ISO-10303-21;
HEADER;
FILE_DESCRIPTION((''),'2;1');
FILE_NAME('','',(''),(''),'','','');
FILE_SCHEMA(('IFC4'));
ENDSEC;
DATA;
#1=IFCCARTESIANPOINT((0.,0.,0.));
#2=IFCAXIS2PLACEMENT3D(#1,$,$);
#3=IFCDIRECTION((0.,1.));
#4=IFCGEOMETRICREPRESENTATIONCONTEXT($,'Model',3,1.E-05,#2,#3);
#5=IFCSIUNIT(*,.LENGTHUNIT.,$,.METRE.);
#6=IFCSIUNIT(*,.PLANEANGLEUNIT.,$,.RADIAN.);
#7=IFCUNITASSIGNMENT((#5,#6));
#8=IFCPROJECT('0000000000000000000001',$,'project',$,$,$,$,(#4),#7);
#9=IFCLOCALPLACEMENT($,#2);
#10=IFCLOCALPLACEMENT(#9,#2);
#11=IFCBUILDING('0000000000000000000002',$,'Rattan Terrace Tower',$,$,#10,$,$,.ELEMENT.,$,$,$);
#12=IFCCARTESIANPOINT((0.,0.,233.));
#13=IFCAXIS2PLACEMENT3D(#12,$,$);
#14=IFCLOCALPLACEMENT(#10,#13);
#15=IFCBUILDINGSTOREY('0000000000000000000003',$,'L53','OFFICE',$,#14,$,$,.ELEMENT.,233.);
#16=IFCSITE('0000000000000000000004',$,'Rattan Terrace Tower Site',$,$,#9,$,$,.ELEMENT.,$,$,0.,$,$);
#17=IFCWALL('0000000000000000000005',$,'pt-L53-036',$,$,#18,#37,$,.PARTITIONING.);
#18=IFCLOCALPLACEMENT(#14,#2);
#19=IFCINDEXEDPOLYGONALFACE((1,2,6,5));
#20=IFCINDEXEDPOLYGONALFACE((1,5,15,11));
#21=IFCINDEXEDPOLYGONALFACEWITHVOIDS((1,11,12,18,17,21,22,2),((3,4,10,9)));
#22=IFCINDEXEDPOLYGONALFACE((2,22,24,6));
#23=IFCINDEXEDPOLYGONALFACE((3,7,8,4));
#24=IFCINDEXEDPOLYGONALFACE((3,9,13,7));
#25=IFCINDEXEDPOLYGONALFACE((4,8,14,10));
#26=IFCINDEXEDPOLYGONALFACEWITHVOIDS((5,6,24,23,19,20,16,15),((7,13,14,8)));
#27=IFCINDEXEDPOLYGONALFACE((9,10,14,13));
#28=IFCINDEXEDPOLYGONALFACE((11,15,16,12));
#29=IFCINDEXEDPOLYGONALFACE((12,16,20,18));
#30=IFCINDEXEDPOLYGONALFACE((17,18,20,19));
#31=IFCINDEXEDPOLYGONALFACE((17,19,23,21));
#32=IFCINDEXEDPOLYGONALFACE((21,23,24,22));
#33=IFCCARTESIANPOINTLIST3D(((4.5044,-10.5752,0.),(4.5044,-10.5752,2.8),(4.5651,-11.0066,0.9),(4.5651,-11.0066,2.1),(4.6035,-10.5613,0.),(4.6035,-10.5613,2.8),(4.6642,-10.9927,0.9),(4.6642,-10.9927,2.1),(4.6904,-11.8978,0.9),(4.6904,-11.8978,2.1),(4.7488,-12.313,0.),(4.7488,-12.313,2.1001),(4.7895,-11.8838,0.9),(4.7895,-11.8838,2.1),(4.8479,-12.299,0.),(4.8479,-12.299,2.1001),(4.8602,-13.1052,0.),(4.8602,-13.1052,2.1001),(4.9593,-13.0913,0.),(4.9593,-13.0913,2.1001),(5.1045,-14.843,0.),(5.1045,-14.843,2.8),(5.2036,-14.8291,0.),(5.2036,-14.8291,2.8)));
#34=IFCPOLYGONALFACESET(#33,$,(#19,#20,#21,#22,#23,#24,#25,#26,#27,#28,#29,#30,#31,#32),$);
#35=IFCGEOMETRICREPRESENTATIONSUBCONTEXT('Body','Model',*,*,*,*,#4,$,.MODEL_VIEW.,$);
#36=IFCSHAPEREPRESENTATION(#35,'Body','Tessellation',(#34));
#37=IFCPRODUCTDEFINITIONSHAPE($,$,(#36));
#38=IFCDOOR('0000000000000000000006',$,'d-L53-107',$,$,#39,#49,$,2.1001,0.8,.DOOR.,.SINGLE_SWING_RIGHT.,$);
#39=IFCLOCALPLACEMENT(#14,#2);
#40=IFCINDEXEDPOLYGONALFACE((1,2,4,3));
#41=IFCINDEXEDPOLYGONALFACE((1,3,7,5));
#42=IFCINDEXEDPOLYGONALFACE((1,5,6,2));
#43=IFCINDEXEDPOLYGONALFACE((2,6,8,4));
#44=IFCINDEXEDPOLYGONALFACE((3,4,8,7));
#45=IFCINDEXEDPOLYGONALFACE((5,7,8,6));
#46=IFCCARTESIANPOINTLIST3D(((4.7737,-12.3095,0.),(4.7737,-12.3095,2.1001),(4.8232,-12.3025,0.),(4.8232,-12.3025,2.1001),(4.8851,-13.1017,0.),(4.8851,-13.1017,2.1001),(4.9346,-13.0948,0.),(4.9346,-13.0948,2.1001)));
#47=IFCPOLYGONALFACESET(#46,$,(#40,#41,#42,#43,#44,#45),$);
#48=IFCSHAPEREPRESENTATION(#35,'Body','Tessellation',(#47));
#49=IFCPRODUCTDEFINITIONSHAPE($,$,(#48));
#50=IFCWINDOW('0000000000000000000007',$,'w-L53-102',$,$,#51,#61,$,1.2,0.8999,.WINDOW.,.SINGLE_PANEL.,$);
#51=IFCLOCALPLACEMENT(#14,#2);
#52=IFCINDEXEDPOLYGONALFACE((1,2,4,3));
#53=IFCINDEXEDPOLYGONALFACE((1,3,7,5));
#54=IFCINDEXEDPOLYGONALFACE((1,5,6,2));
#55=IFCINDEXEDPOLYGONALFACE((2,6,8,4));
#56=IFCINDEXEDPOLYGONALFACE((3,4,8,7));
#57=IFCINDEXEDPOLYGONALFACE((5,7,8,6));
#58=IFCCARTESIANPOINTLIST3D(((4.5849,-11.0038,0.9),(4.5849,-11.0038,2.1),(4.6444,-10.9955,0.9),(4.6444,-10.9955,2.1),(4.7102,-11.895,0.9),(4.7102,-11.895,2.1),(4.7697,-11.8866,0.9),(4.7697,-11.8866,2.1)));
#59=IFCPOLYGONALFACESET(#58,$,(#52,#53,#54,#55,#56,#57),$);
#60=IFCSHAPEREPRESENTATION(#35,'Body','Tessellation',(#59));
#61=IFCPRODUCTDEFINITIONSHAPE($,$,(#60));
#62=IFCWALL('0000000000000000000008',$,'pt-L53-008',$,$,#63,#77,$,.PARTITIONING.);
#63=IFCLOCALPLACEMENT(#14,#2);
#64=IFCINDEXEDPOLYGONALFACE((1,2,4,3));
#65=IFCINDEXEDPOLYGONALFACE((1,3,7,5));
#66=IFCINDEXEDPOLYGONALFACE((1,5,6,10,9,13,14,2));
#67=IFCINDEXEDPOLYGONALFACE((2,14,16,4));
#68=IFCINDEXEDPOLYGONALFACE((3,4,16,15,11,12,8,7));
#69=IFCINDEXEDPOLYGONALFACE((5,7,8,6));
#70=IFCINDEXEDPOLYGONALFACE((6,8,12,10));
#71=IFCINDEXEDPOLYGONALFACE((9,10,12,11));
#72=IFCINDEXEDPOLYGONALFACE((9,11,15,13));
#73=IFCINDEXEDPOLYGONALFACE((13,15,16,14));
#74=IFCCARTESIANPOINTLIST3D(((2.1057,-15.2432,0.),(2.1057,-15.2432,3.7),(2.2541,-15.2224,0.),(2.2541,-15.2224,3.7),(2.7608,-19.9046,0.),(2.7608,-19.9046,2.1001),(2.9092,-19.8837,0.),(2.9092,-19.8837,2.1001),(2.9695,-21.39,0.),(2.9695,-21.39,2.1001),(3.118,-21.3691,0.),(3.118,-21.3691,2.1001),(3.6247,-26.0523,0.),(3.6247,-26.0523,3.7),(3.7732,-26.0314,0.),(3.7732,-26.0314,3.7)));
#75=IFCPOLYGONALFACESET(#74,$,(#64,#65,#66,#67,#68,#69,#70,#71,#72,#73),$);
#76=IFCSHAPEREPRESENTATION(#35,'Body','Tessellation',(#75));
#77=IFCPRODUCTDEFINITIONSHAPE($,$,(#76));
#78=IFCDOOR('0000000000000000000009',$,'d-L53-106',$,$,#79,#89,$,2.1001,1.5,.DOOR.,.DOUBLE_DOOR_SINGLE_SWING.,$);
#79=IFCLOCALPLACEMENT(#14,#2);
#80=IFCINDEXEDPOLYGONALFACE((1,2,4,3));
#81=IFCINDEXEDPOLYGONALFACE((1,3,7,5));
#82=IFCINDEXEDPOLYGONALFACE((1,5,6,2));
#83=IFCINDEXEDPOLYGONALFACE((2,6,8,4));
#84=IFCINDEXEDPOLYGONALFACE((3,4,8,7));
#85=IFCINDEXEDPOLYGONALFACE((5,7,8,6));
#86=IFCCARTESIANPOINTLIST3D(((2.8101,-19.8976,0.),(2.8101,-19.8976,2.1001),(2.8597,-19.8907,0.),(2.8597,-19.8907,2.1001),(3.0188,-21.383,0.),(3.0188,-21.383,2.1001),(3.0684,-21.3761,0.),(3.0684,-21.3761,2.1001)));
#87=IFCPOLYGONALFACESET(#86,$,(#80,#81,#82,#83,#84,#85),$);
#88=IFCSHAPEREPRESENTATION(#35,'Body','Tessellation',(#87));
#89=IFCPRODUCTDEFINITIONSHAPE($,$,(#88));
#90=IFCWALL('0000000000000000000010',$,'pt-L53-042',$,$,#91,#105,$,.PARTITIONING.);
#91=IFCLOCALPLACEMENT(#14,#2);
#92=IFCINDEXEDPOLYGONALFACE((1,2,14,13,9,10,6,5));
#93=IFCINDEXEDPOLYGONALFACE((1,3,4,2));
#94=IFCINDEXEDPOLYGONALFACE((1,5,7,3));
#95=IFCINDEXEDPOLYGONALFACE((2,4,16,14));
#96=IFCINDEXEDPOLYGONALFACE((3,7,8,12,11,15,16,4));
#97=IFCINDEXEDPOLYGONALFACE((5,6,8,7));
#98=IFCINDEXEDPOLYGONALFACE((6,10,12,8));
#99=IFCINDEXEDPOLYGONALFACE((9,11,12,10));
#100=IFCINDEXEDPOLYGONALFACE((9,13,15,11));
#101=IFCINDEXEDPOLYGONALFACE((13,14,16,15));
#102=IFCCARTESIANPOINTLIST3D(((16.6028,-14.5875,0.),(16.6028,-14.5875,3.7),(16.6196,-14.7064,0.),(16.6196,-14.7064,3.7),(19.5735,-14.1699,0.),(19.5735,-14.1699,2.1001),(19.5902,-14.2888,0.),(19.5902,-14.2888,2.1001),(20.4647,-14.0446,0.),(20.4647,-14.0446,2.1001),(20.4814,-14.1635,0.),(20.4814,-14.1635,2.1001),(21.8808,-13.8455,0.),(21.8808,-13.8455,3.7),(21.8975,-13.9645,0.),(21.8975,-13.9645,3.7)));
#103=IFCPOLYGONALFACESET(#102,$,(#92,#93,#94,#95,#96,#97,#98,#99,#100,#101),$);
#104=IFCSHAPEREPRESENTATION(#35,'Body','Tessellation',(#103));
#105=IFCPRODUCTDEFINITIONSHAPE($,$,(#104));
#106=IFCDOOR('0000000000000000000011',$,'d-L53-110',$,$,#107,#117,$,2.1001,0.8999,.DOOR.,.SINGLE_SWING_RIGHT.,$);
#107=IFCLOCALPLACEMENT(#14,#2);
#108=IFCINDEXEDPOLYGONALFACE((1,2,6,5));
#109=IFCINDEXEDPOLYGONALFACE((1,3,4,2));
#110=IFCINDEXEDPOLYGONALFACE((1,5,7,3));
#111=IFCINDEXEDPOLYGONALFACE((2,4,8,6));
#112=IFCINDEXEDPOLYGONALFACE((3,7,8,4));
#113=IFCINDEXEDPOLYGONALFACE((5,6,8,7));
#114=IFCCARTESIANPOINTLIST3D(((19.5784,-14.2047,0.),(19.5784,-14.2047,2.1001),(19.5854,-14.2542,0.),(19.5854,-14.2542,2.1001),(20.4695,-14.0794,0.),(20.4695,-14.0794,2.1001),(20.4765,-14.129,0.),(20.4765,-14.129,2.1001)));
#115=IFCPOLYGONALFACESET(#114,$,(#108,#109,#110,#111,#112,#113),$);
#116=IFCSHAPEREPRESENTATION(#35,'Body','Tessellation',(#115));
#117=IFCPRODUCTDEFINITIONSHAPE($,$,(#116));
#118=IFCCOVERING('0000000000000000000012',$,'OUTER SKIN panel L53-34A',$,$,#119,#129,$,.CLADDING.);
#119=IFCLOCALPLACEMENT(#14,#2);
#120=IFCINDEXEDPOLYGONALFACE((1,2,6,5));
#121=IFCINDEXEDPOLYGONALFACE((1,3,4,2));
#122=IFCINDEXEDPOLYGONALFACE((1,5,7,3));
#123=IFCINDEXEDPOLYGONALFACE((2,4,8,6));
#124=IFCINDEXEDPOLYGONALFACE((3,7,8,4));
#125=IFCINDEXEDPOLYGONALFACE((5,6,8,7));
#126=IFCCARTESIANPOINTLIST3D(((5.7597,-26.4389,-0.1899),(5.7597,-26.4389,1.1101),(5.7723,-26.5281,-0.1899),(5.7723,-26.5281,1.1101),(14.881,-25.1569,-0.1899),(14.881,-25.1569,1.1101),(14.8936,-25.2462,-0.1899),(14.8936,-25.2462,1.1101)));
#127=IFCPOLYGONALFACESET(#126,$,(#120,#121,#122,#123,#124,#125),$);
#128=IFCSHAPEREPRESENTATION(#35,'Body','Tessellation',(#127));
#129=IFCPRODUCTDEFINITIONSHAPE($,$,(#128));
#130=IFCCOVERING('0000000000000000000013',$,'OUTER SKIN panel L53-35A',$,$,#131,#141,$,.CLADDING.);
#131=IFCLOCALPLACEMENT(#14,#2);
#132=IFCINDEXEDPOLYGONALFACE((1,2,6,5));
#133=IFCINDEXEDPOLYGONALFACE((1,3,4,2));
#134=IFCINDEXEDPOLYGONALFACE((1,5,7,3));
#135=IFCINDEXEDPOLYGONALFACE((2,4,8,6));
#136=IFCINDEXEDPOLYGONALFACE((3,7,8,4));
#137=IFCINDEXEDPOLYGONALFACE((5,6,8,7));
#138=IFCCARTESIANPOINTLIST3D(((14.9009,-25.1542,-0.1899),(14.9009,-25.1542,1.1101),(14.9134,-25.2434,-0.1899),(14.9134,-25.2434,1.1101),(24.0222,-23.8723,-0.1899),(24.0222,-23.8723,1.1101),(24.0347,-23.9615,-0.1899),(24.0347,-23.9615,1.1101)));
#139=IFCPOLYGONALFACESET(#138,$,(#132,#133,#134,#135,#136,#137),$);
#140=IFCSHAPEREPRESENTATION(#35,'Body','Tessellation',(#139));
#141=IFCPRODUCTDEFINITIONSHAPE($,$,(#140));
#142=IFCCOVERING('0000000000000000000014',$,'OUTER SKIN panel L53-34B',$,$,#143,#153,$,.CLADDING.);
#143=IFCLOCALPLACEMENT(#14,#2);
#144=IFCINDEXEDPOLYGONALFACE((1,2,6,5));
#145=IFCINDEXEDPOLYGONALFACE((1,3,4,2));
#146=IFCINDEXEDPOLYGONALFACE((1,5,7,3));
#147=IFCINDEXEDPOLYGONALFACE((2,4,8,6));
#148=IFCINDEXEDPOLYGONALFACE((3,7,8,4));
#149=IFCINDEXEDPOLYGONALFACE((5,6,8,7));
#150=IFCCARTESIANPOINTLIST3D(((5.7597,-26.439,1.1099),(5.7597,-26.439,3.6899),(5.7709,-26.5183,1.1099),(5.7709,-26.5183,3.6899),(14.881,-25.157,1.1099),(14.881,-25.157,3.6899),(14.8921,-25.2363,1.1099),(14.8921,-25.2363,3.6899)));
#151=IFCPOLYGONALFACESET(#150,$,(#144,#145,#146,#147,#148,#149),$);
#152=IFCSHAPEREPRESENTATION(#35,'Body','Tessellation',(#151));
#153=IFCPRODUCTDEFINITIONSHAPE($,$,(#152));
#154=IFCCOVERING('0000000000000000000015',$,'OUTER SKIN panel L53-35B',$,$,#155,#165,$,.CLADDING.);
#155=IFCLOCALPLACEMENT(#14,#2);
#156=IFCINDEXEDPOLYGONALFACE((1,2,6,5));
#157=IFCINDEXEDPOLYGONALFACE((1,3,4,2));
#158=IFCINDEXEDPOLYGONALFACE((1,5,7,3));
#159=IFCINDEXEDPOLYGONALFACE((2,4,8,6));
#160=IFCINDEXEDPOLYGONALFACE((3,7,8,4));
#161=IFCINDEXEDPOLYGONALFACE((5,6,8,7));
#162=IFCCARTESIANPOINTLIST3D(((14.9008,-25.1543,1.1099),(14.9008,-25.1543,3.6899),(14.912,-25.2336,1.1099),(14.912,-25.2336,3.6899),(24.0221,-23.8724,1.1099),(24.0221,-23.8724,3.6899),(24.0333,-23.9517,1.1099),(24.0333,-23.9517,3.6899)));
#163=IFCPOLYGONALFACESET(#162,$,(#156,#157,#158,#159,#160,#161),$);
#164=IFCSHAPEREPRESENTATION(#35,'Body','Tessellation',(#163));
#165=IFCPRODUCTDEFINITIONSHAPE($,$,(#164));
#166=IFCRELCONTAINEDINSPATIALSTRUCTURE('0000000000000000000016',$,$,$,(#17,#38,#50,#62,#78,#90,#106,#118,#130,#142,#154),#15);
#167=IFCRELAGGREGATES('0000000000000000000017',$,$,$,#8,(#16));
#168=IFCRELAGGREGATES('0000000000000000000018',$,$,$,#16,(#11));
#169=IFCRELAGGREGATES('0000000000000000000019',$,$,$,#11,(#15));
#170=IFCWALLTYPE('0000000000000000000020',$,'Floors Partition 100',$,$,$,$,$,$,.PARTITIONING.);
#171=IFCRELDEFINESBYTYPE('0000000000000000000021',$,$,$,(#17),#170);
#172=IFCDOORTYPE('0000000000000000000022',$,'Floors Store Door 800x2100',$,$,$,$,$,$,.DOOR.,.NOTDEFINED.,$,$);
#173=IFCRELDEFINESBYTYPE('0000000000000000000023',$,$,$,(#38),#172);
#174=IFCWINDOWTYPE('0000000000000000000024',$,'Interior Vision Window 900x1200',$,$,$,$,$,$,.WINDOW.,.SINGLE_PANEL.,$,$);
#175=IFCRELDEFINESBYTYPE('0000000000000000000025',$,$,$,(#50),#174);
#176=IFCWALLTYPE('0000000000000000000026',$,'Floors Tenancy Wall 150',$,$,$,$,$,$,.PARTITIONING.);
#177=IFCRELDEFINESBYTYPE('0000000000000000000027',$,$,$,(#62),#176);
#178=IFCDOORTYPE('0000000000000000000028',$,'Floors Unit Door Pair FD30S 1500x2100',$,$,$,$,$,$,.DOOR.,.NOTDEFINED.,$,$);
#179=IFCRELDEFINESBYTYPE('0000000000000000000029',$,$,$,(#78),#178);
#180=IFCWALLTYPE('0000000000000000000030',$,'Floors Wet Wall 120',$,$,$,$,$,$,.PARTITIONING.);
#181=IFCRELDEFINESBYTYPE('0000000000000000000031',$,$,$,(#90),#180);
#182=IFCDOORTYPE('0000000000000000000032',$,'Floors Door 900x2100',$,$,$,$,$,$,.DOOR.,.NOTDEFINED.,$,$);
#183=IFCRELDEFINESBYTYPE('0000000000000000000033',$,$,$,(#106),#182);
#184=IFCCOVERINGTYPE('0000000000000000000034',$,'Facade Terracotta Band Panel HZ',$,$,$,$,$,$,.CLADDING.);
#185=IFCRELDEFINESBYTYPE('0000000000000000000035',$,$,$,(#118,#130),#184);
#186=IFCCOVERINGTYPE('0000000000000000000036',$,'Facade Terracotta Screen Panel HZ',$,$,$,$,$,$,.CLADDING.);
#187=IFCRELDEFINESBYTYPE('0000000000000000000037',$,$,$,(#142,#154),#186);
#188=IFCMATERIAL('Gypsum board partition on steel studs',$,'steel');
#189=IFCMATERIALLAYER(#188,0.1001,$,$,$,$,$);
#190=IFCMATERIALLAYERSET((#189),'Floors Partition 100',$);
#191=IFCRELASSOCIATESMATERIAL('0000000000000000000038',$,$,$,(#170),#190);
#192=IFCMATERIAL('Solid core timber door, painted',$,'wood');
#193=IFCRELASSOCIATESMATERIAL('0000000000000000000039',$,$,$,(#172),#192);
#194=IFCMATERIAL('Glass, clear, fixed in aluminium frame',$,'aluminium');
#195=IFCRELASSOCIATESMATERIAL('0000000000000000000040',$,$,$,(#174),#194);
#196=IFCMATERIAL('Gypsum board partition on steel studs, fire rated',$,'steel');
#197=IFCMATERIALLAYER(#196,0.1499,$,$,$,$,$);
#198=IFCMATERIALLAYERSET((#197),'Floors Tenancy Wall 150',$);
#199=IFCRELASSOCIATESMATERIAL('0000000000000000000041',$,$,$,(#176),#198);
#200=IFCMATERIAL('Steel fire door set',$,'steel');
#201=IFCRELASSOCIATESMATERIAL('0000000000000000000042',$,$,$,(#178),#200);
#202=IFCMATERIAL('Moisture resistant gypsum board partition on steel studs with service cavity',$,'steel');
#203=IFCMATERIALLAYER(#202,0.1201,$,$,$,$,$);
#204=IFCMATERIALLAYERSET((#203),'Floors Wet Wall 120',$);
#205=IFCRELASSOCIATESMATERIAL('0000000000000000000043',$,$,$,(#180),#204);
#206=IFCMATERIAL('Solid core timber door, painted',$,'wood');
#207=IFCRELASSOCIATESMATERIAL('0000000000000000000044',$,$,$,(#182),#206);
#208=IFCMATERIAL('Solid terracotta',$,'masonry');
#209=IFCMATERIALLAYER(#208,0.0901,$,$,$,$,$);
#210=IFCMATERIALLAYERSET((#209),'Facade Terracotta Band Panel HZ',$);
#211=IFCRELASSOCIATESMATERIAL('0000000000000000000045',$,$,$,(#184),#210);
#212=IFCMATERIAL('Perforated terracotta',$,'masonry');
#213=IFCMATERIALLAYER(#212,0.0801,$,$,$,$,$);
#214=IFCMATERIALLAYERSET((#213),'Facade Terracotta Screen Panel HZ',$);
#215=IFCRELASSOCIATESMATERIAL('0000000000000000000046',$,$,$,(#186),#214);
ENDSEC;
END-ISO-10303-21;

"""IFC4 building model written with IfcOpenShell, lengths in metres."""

from ifc_helpers import new_model, si_unit, direction, frame, frame_2d, origin, origin_2d, place, context, subcontext, project, spatial, rectangle, extrude, material, layer, layer_set, type_object, element, fill, save


model = new_model("IFC4")

# Units and contexts
model_context = context("Model", 3, precision=1e-05, world=origin(), true_north=direction((0.0, 1.0)))
body_context = subcontext(model_context, "Body", "Model", "MODEL_VIEW")
ifc_project = project(units=[si_unit("LENGTHUNIT", "METRE"), si_unit("PLANEANGLEUNIT", "RADIAN")], contexts=[model_context])

# Site, building, storey
site_placement = place(None, origin())
site = spatial("IfcSite", under=ifc_project, at=site_placement, Name="Rattan Terrace Tower Site", CompositionType="ELEMENT", RefElevation=0.0)
building_placement = place(site_placement, origin())
building = spatial("IfcBuilding", under=site, at=building_placement, Name="Rattan Terrace Tower", CompositionType="ELEMENT")
storey_placement = place(building_placement, frame((0.0, 0.0, 233.0)))
storey = spatial("IfcBuildingStorey", under=building, at=storey_placement, Name="L53", Description="OFFICE", CompositionType="ELEMENT", Elevation=233.0)

# Shared definitions
ifc_material_1 = material(Name="Gypsum board partition on steel studs", Category="steel")
ifc_layer_1 = layer(ifc_material_1, 0.1001)
ifc_layer_set_1 = layer_set([ifc_layer_1], Name="Floors Partition 100")
wall_type_1 = type_object("IfcWallType", Name="Floors Partition 100", PredefinedType="PARTITIONING", material=ifc_layer_set_1)

# Wall, openings, door, window
wall_1_placement = place(storey_placement, frame((5.1541, -14.8359, 0.0), z_axis=(0.0, 0.0, 1.0), x_axis=(-0.13924, 0.990259, 0.0)))
wall_1 = element("IfcWall", 1, at=wall_1_placement, inside=storey, type_object=wall_type_1, Name="pt-L53-036", PredefinedType="PARTITIONING", context=body_context, shape_type="SweptSolid", body=[
    extrude(rectangle(XDim=4.3098, YDim=0.1001, at=frame_2d((2.1548, 0.0))), origin(), (0.0, 0.0, 1.0), 2.8),
])
opening_1_placement = place(wall_1_placement, frame((1.7549, 0.0, 0.0)))
opening_1 = element("IfcOpeningElement", 2, at=opening_1_placement, cuts=wall_1, PredefinedType="OPENING", context=body_context, shape_type="SweptSolid", body=[
    extrude(rectangle(XDim=0.8, YDim=2.1001, at=frame_2d((0.3999, 1.05))), frame((0.0, 0.0605, 0.0), z_axis=(0.0, -1.0, 0.0), x_axis=(1.0, 0.0, 0.0)), (0.0, 0.0, 1.0), 0.1211),
])
opening_2_placement = place(wall_1_placement, frame((2.9741, 0.0, 0.8999)))
opening_2 = element("IfcOpeningElement", 3, at=opening_2_placement, cuts=wall_1, PredefinedType="OPENING", context=body_context, shape_type="SweptSolid", body=[
    extrude(rectangle(XDim=0.8999, YDim=1.2, at=frame_2d((0.45, 0.6001))), frame((0.0, 0.0605, 0.0), z_axis=(0.0, -1.0, 0.0), x_axis=(1.0, 0.0, 0.0)), (0.0, 0.0, 1.0), 0.1211),
])
ifc_material_2 = material(Name="Solid core timber door, painted", Category="wood")
door_type_1 = type_object("IfcDoorType", Name="Floors Store Door 800x2100", OperationType="NOTDEFINED", PredefinedType="DOOR", material=ifc_material_2)
door_1_placement = place(opening_1_placement, origin())
door_1 = element("IfcDoor", 4, at=door_1_placement, inside=storey, type_object=door_type_1, Name="d-L53-107", OperationType="SINGLE_SWING_RIGHT", OverallHeight=2.1001, OverallWidth=0.8, PredefinedType="DOOR", context=body_context, shape_type="SweptSolid", body=[
    extrude(rectangle(XDim=0.8, YDim=2.1001, at=frame_2d((0.3999, 1.05))), frame((0.0, 0.0249, 0.0), z_axis=(0.0, -1.0, 0.0), x_axis=(1.0, 0.0, 0.0)), (0.0, 0.0, 1.0), 0.05),
])
fill(opening_1, door_1)
ifc_material_3 = material(Name="Glass, clear, fixed in aluminium frame", Category="aluminium")
window_type_1 = type_object("IfcWindowType", Name="Interior Vision Window 900x1200", PartitioningType="SINGLE_PANEL", PredefinedType="WINDOW", material=ifc_material_3)
window_1_placement = place(opening_2_placement, origin())
window_1 = element("IfcWindow", 5, at=window_1_placement, inside=storey, type_object=window_type_1, Name="w-L53-102", OverallHeight=1.2, OverallWidth=0.8999, PartitioningType="SINGLE_PANEL", PredefinedType="WINDOW", context=body_context, shape_type="SweptSolid", body=[
    extrude(rectangle(XDim=0.8999, YDim=1.2, at=frame_2d((0.45, 0.6001))), frame((0.0, 0.03, 0.0), z_axis=(0.0, -1.0, 0.0), x_axis=(1.0, 0.0, 0.0)), (0.0, 0.0, 1.0), 0.0601),
])
fill(opening_2, window_1)

# Walls, openings, doors
ifc_material_4 = material(Name="Gypsum board partition on steel studs, fire rated", Category="steel")
ifc_layer_2 = layer(ifc_material_4, 0.1499)
ifc_layer_set_2 = layer_set([ifc_layer_2], Name="Floors Tenancy Wall 150")
wall_type_2 = type_object("IfcWallType", Name="Floors Tenancy Wall 150", PredefinedType="PARTITIONING", material=ifc_layer_set_2)
wall_2_placement = place(storey_placement, frame((2.1799, -15.2329, 0.0), z_axis=(0.0, 0.0, 1.0), x_axis=(0.139166, -0.990269, 0.0)))
wall_2 = element("IfcWall", 6, at=wall_2_placement, inside=storey, type_object=wall_type_2, Name="pt-L53-008", PredefinedType="PARTITIONING", context=body_context, shape_type="SweptSolid", body=[
    extrude(rectangle(XDim=10.9153, YDim=0.1499, at=frame_2d((5.4575, 0.0))), origin(), (0.0, 0.0, 1.0), 3.7),
])
opening_3_placement = place(wall_2_placement, frame((4.707, 0.0, 0.0)))
opening_3 = element("IfcOpeningElement", 7, at=opening_3_placement, cuts=wall_2, PredefinedType="OPENING", context=body_context, shape_type="SweptSolid", body=[
    extrude(rectangle(XDim=1.5, YDim=2.1001, at=frame_2d((0.75, 1.05))), frame((0.0, 0.0854, 0.0), z_axis=(0.0, -1.0, 0.0), x_axis=(1.0, 0.0, 0.0)), (0.0, 0.0, 1.0), 0.1709),
])
ifc_material_5 = material(Name="Steel fire door set", Category="steel")
door_type_2 = type_object("IfcDoorType", Name="Floors Unit Door Pair FD30S 1500x2100", OperationType="NOTDEFINED", PredefinedType="DOOR", material=ifc_material_5)
door_2_placement = place(opening_3_placement, origin())
door_2 = element("IfcDoor", 8, at=door_2_placement, inside=storey, type_object=door_type_2, Name="d-L53-106", OperationType="DOUBLE_DOOR_SINGLE_SWING", OverallHeight=2.1001, OverallWidth=1.5, PredefinedType="DOOR", context=body_context, shape_type="SweptSolid", body=[
    extrude(rectangle(XDim=1.5, YDim=2.1001, at=frame_2d((0.75, 1.05))), frame((0.0, 0.0249, 0.0), z_axis=(0.0, -1.0, 0.0), x_axis=(1.0, 0.0, 0.0)), (0.0, 0.0, 1.0), 0.05),
])
fill(opening_3, door_2)
ifc_material_6 = material(Name="Moisture resistant gypsum board partition on steel studs with service cavity", Category="steel")
ifc_layer_3 = layer(ifc_material_6, 0.1201)
ifc_layer_set_3 = layer_set([ifc_layer_3], Name="Floors Wet Wall 120")
wall_type_3 = type_object("IfcWallType", Name="Floors Wet Wall 120", PredefinedType="PARTITIONING", material=ifc_layer_set_3)
wall_3_placement = place(storey_placement, frame((16.6111, -14.647, 0.0), z_axis=(0.0, 0.0, 1.0), x_axis=(0.990263, 0.139209, 0.0)))
wall_3 = element("IfcWall", 9, at=wall_3_placement, inside=storey, type_object=wall_type_3, Name="pt-L53-042", PredefinedType="PARTITIONING", context=body_context, shape_type="SweptSolid", body=[
    extrude(rectangle(XDim=5.3298, YDim=0.1201, at=frame_2d((2.665, 0.0))), origin(), (0.0, 0.0, 1.0), 3.7),
])
opening_4_placement = place(wall_3_placement, frame((3.0, 0.0, 0.0)))
opening_4 = element("IfcOpeningElement", 10, at=opening_4_placement, cuts=wall_3, PredefinedType="OPENING", context=body_context, shape_type="SweptSolid", body=[
    extrude(rectangle(XDim=0.8999, YDim=2.1001, at=frame_2d((0.45, 1.05))), frame((0.0, 0.0706, 0.0), z_axis=(0.0, -1.0, 0.0), x_axis=(1.0, 0.0, 0.0)), (0.0, 0.0, 1.0), 0.1411),
])
ifc_material_7 = material(Name="Solid core timber door, painted", Category="wood")
door_type_3 = type_object("IfcDoorType", Name="Floors Door 900x2100", OperationType="NOTDEFINED", PredefinedType="DOOR", material=ifc_material_7)
door_3_placement = place(opening_4_placement, origin())
door_3 = element("IfcDoor", 11, at=door_3_placement, inside=storey, type_object=door_type_3, Name="d-L53-110", OperationType="SINGLE_SWING_RIGHT", OverallHeight=2.1001, OverallWidth=0.8999, PredefinedType="DOOR", context=body_context, shape_type="SweptSolid", body=[
    extrude(rectangle(XDim=0.8999, YDim=2.1001, at=frame_2d((0.45, 1.05))), frame((0.0, 0.0249, 0.0), z_axis=(0.0, -1.0, 0.0), x_axis=(1.0, 0.0, 0.0)), (0.0, 0.0, 1.0), 0.05),
])
fill(opening_4, door_3)

# Coverings
ifc_material_8 = material(Name="Solid terracotta", Category="masonry")
ifc_layer_4 = layer(ifc_material_8, 0.0901)
ifc_layer_set_4 = layer_set([ifc_layer_4], Name="Facade Terracotta Band Panel HZ")
covering_type_1 = type_object("IfcCoveringType", Name="Facade Terracotta Band Panel HZ", PredefinedType="CLADDING", material=ifc_layer_set_4)
for number, where, z_axis, x_axis, name in (
    (12, (10.3267, -25.8425, -0.1899), (0.0, 0.0, 1.0), (0.990267, 0.139177, 0.0), "OUTER SKIN panel L53-34A"),
    (13, (19.4678, -24.5579, -0.1899), (0.0, 0.0, 1.0), (0.990267, 0.139177, 0.0), "OUTER SKIN panel L53-35A"),
):
    element("IfcCovering", number, at=place(storey_placement, frame(where, z_axis=z_axis, x_axis=x_axis)), inside=storey, type_object=covering_type_1, Name=name, PredefinedType="CLADDING", context=body_context, shape_type="SweptSolid", body=[
        extrude(rectangle(XDim=9.2109, YDim=0.0901, at=origin_2d()), origin(), (0.0, 0.0, 1.0), 1.3),
    ])
ifc_material_9 = material(Name="Perforated terracotta", Category="masonry")
ifc_layer_5 = layer(ifc_material_9, 0.0801)
ifc_layer_set_5 = layer_set([ifc_layer_5], Name="Facade Terracotta Screen Panel HZ")
covering_type_2 = type_object("IfcCoveringType", Name="Facade Terracotta Screen Panel HZ", PredefinedType="CLADDING", material=ifc_layer_set_5)
for number, where, z_axis, x_axis, name in (
    (14, (10.3259, -25.8376, 1.1099), (0.0, 0.0, 1.0), (0.990267, 0.139177, 0.0), "OUTER SKIN panel L53-34B"),
    (15, (19.467, -24.553, 1.1099), (0.0, 0.0, 1.0), (0.990267, 0.139177, 0.0), "OUTER SKIN panel L53-35B"),
):
    element("IfcCovering", number, at=place(storey_placement, frame(where, z_axis=z_axis, x_axis=x_axis)), inside=storey, type_object=covering_type_2, Name=name, PredefinedType="CLADDING", context=body_context, shape_type="SweptSolid", body=[
        extrude(rectangle(XDim=9.2109, YDim=0.0801, at=origin_2d()), origin(), (0.0, 0.0, 1.0), 2.5801),
    ])

save(model, "model.ifc")
